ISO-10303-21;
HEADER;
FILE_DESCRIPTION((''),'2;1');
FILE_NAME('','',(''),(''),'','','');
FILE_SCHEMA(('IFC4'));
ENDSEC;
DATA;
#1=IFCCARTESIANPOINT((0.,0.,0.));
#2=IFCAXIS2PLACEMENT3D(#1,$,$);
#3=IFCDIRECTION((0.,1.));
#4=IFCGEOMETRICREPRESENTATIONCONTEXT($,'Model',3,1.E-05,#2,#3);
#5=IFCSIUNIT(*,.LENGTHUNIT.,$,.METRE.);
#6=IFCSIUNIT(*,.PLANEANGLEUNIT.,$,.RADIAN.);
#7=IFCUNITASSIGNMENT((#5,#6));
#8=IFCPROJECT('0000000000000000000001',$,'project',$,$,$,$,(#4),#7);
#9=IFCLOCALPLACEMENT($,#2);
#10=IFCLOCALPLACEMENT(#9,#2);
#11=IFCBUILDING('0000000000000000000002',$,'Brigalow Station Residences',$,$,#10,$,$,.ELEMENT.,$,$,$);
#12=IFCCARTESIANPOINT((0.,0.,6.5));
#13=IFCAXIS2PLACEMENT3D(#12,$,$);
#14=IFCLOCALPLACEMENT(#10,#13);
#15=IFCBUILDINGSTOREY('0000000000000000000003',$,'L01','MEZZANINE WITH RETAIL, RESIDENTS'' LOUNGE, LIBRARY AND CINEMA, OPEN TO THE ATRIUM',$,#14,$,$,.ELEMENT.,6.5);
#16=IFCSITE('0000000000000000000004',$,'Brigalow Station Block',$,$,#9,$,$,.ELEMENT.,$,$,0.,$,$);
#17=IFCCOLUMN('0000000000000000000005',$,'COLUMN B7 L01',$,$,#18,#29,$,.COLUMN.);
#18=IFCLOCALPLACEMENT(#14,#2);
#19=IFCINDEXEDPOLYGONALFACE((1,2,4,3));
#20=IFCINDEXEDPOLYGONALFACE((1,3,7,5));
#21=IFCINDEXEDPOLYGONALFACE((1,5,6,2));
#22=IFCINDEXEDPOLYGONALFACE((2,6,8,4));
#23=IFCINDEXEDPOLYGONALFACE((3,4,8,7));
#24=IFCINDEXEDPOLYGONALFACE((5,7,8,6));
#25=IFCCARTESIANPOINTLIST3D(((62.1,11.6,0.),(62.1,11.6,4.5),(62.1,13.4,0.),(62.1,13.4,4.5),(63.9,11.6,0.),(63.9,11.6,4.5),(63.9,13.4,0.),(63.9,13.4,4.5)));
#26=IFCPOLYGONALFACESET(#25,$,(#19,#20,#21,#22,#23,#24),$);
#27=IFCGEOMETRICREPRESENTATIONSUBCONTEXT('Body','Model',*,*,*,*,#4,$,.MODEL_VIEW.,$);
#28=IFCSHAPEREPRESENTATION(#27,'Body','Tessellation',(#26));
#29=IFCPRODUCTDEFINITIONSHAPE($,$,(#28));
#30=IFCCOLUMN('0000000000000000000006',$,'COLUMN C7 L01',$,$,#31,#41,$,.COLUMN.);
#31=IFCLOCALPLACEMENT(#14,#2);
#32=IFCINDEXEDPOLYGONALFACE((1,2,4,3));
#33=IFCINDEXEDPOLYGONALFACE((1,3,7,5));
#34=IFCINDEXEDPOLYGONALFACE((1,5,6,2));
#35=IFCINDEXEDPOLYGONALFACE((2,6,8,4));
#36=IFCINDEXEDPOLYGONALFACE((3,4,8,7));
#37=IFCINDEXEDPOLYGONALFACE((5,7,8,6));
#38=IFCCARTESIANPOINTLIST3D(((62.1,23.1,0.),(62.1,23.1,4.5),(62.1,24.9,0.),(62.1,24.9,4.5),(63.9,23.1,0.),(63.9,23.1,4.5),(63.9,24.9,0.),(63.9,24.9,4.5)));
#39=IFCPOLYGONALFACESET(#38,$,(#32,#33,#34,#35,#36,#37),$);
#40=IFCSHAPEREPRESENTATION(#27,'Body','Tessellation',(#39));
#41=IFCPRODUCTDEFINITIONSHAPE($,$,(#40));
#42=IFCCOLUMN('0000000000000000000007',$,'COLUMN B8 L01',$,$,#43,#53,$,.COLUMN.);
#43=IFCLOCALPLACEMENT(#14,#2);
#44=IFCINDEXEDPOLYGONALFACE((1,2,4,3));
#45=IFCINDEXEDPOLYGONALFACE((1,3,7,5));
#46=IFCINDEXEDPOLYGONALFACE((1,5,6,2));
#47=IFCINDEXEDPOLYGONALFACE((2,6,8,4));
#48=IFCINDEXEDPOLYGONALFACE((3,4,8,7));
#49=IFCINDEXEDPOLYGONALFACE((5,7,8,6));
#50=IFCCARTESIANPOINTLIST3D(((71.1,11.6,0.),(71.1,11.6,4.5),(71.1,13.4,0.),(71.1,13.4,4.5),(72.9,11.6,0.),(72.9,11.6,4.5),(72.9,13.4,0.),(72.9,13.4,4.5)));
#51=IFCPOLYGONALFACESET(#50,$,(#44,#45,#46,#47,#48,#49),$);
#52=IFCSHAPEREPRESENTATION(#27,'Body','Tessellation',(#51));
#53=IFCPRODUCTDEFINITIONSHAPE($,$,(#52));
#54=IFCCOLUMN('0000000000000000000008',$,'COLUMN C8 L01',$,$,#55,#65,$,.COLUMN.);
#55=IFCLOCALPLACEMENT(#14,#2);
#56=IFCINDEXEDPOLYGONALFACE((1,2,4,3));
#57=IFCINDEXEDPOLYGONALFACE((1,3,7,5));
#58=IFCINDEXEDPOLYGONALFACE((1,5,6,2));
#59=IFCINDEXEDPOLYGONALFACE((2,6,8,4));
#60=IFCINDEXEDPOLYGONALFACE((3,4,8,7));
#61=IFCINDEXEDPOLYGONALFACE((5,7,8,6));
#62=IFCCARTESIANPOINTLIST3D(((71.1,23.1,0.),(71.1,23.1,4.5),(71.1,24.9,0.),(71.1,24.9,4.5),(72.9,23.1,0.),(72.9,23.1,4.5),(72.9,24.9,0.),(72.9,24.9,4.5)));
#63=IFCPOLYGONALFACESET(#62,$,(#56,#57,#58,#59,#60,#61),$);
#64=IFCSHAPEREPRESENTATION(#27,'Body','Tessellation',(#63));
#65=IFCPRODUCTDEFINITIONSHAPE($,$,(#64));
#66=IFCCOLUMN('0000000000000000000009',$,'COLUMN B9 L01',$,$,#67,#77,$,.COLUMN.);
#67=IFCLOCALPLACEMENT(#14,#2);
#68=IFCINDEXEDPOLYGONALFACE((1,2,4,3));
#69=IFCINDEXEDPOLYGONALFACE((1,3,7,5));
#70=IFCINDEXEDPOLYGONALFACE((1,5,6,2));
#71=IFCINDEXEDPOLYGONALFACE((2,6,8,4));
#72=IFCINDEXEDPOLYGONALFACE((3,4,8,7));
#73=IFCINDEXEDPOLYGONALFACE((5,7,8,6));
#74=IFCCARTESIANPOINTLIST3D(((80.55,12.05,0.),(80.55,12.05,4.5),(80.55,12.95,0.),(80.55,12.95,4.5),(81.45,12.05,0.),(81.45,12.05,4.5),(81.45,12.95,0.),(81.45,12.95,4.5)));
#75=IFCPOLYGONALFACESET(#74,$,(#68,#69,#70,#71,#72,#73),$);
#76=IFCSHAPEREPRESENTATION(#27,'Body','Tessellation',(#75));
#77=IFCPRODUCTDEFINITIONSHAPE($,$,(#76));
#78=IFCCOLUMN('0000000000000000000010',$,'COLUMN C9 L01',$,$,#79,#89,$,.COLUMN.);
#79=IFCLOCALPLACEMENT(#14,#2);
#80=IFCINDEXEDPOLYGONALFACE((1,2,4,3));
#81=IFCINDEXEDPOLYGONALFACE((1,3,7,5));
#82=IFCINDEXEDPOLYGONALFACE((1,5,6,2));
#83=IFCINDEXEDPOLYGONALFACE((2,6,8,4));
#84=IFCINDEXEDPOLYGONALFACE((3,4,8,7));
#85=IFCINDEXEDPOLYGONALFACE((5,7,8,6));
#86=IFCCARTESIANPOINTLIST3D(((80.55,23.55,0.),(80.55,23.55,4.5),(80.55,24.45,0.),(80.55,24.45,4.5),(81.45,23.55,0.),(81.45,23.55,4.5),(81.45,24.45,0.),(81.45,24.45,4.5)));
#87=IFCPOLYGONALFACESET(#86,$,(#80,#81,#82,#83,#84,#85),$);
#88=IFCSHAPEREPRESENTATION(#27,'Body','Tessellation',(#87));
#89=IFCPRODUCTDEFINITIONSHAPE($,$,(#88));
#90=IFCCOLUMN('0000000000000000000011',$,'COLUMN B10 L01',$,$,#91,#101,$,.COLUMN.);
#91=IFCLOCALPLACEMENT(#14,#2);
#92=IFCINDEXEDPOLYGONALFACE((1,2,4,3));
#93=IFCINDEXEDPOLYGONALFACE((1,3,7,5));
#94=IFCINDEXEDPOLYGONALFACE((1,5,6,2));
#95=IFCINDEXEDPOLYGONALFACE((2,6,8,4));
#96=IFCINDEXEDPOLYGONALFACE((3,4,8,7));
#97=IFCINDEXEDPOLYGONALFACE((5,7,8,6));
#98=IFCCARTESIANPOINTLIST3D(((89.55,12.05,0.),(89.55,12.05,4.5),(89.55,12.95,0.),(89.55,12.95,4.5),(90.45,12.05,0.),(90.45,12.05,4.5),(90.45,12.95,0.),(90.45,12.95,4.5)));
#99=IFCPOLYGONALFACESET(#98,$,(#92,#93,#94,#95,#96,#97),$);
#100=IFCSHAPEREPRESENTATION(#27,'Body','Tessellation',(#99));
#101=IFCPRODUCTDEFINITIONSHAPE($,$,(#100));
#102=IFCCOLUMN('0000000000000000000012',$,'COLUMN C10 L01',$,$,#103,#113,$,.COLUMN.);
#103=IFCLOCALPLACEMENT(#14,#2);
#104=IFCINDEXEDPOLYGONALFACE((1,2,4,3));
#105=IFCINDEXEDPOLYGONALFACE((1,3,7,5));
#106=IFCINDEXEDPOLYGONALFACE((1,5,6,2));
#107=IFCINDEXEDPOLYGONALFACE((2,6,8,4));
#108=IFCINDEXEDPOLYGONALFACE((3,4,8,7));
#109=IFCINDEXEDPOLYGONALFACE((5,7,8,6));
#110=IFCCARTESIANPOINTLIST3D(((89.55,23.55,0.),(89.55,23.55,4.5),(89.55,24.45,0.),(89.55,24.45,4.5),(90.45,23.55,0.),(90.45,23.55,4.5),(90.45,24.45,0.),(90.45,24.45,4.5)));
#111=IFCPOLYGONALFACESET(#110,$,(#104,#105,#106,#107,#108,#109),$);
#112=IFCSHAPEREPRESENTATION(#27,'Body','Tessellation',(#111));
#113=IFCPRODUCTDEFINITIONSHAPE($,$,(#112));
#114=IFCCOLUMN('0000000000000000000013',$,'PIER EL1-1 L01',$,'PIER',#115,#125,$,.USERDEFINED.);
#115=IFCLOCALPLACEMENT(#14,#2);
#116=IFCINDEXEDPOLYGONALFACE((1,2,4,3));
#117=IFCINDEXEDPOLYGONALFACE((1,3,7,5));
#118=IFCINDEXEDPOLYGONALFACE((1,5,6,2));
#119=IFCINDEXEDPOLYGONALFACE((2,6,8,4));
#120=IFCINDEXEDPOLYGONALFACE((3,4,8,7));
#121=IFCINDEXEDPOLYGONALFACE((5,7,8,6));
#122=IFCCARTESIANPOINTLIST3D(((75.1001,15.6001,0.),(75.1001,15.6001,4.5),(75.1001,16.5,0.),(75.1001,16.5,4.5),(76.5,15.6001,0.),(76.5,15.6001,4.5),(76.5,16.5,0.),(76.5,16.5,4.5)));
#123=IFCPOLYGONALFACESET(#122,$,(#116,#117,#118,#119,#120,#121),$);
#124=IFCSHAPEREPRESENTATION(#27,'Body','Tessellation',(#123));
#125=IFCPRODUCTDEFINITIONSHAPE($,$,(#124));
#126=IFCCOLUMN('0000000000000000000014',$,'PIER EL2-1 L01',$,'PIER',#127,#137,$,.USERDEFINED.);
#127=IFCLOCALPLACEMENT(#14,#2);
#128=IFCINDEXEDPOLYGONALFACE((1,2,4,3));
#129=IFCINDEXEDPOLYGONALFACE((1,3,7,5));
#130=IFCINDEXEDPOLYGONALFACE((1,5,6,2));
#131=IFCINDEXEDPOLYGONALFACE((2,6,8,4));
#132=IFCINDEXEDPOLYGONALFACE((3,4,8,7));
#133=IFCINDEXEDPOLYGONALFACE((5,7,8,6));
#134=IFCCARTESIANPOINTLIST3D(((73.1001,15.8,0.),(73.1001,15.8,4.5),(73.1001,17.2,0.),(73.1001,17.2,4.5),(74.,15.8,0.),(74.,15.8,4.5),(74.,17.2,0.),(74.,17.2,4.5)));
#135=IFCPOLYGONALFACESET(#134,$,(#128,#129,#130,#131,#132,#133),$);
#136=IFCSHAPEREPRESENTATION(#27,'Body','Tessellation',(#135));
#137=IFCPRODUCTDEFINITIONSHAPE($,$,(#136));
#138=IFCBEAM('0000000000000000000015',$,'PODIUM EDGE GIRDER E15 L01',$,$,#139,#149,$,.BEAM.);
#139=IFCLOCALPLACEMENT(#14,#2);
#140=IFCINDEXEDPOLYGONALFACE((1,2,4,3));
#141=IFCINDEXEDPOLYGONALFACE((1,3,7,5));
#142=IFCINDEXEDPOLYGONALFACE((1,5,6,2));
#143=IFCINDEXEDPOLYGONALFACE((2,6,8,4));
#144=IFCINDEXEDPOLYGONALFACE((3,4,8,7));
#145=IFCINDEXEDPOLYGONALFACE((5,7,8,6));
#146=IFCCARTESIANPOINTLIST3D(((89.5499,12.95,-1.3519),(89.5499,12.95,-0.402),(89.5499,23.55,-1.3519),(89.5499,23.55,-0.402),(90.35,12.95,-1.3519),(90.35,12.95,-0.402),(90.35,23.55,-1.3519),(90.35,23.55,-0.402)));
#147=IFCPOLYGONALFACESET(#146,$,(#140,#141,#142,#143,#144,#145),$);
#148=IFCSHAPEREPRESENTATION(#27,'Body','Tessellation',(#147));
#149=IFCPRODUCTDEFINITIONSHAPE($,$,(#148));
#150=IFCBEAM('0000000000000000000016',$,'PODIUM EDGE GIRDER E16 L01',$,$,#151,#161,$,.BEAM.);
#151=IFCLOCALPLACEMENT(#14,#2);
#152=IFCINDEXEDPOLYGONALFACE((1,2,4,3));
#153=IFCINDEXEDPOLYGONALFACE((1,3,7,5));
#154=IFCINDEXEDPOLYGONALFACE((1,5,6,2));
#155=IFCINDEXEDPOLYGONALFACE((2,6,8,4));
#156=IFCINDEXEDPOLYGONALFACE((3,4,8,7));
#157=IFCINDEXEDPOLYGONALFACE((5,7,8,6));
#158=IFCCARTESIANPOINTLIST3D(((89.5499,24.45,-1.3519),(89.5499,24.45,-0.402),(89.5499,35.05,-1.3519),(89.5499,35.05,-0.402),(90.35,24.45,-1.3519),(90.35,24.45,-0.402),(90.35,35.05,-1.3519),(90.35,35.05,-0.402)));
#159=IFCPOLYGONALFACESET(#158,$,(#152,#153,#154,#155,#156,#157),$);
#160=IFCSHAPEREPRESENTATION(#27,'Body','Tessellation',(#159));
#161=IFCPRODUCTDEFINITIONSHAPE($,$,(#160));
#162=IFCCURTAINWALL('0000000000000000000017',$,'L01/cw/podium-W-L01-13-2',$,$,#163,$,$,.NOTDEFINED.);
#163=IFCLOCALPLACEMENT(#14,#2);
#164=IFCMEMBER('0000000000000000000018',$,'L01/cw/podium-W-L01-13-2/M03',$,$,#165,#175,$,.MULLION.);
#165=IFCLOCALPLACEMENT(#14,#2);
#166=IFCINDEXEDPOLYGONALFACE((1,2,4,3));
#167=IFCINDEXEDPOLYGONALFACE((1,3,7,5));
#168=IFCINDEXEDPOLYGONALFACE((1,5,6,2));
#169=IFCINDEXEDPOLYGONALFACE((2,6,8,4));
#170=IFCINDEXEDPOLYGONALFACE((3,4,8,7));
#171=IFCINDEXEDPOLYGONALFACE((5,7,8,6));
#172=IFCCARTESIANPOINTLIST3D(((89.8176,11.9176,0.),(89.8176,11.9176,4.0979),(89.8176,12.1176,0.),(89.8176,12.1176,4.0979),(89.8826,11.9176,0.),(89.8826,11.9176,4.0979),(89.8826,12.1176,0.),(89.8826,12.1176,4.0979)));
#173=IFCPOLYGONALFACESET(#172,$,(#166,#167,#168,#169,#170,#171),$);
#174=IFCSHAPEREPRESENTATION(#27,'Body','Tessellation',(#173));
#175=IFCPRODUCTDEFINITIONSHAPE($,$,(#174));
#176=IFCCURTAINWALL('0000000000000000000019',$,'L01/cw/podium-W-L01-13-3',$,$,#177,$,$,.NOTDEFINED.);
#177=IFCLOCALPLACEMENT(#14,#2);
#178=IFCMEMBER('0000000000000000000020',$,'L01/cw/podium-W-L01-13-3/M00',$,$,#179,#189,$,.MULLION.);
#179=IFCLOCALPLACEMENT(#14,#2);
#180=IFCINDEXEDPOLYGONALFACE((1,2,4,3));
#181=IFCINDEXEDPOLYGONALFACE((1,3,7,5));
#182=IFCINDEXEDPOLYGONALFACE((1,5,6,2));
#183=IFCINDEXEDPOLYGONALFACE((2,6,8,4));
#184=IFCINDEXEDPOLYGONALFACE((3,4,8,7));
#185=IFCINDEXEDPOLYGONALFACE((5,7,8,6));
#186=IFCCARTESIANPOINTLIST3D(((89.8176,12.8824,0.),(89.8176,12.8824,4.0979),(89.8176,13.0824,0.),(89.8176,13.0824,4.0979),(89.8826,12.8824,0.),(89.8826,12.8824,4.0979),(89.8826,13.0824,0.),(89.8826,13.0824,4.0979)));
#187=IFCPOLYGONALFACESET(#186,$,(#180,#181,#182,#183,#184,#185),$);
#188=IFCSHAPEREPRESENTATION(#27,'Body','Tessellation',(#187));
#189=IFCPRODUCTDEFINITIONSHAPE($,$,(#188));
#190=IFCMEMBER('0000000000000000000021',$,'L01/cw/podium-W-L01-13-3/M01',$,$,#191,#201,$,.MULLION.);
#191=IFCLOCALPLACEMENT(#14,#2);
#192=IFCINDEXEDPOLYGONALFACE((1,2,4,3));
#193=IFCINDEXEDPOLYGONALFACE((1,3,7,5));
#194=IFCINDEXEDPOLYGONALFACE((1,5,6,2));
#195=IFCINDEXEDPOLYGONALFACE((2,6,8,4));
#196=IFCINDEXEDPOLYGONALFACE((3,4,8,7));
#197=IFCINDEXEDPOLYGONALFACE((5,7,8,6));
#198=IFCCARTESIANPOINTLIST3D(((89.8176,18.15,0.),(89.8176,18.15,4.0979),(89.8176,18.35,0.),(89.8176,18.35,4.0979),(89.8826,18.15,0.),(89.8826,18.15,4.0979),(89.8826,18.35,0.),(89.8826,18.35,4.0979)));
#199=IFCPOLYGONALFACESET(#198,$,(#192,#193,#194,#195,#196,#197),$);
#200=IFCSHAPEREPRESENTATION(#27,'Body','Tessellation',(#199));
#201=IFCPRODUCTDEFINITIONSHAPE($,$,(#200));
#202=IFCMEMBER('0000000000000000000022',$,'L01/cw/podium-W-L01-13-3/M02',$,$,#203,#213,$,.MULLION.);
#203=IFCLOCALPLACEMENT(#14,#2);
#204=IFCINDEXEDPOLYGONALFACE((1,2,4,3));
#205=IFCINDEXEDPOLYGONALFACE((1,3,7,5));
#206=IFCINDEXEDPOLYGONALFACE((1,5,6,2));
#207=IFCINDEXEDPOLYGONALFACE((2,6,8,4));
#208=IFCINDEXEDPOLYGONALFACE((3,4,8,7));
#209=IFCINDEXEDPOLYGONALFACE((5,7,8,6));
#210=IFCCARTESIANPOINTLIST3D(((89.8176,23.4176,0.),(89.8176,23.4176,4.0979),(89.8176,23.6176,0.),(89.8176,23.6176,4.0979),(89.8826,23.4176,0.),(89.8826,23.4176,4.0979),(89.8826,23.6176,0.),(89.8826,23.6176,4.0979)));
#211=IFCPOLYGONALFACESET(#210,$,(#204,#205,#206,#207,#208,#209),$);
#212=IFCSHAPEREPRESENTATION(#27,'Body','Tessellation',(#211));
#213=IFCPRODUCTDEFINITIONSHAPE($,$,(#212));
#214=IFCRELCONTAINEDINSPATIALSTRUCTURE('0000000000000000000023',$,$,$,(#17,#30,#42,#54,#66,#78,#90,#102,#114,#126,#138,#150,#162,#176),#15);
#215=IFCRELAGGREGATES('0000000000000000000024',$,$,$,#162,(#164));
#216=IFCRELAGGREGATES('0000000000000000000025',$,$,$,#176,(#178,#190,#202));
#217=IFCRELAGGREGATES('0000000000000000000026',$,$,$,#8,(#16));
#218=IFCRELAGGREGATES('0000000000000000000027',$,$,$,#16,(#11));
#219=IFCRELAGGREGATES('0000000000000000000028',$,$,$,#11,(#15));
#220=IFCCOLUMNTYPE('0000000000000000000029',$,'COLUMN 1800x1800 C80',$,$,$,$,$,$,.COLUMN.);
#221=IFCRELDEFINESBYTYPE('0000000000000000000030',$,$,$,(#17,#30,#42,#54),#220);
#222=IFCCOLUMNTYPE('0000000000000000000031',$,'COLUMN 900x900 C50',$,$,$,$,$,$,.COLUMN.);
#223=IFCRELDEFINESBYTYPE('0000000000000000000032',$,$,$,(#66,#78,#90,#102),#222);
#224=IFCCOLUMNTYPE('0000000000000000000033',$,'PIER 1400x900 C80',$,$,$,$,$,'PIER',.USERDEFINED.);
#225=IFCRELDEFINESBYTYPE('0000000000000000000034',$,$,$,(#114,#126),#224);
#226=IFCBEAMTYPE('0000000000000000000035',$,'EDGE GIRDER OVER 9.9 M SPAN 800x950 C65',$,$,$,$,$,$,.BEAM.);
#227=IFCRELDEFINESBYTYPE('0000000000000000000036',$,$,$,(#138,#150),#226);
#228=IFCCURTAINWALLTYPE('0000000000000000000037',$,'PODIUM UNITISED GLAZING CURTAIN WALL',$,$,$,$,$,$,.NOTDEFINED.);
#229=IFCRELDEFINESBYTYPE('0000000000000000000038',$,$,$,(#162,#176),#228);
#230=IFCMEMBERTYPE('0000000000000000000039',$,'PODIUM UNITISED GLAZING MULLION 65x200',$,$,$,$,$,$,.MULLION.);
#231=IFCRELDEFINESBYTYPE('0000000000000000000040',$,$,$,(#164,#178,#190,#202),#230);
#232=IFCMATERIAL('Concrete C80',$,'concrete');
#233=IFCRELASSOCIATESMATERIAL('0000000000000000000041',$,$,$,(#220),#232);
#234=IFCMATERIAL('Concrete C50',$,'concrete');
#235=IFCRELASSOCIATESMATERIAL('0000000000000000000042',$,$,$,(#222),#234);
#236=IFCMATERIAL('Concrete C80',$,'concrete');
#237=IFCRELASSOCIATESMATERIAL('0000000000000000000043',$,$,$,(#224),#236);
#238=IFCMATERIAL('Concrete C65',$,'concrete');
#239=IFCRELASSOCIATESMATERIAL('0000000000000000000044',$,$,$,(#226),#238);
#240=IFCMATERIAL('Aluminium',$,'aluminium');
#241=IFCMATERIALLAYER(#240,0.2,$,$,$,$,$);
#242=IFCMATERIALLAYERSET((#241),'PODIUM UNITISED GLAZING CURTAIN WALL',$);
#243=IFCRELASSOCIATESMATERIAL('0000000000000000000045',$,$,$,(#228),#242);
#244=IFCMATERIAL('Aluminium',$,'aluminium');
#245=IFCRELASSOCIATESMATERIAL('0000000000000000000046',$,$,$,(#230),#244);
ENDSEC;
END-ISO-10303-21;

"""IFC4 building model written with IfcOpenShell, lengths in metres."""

from ifc_helpers import new_model, si_unit, direction, frame, origin, origin_2d, place, context, subcontext, project, spatial, rectangle, extrude, material, layer, layer_set, material_profile, profile_set, type_object, element, aggregate, save


model = new_model("IFC4")

# Units and contexts
model_context = context("Model", 3, precision=1e-05, world=origin(), true_north=direction((0.0, 1.0)))
body_context = subcontext(model_context, "Body", "Model", "MODEL_VIEW")
ifc_project = project(units=[si_unit("LENGTHUNIT", "METRE"), si_unit("PLANEANGLEUNIT", "RADIAN")], contexts=[model_context])

# Site, building, storey
site_placement = place(None, origin())
site = spatial("IfcSite", under=ifc_project, at=site_placement, Name="Brigalow Station Block", CompositionType="ELEMENT", RefElevation=0.0)
building_placement = place(site_placement, origin())
building = spatial("IfcBuilding", under=site, at=building_placement, Name="Brigalow Station Residences", CompositionType="ELEMENT")
storey_placement = place(building_placement, frame((0.0, 0.0, 6.5)))
storey = spatial("IfcBuildingStorey", under=building, at=storey_placement, Name="L01", Description="MEZZANINE WITH RETAIL, RESIDENTS' LOUNGE, LIBRARY AND CINEMA, OPEN TO THE ATRIUM", CompositionType="ELEMENT", Elevation=6.5)

# Columns
ifc_material_1 = material(Name="Concrete C80", Category="concrete")
ifc_material_profile_1 = material_profile(ifc_material_1, rectangle(XDim=1.8, YDim=1.8, at=origin_2d()), Name="RC1800x1800")
ifc_profile_set_1 = profile_set([ifc_material_profile_1], Name="Concrete C80")
column_type_1 = type_object("IfcColumnType", Name="COLUMN 1800x1800 C80", PredefinedType="COLUMN", material=ifc_profile_set_1)
for number, where, z_axis, x_axis, name in (
    (1, (63.0, 12.5, 0.0), (0.0, 0.0, 1.0), (1.0, 0.0, 0.0), "COLUMN B7 L01"),
    (2, (63.0, 24.0, 0.0), (0.0, 0.0, 1.0), (1.0, 0.0, 0.0), "COLUMN C7 L01"),
    (3, (72.0, 12.5, 0.0), (0.0, 0.0, 1.0), (1.0, 0.0, 0.0), "COLUMN B8 L01"),
    (4, (72.0, 24.0, 0.0), (0.0, 0.0, 1.0), (1.0, 0.0, 0.0), "COLUMN C8 L01"),
):
    element("IfcColumn", number, at=place(storey_placement, frame(where, z_axis=z_axis, x_axis=x_axis)), inside=storey, type_object=column_type_1, Name=name, PredefinedType="COLUMN", context=body_context, shape_type="SweptSolid", body=[
        extrude(rectangle(XDim=1.8, YDim=1.8, at=origin_2d()), origin(), (0.0, 0.0, 1.0), 4.5),
    ])
ifc_material_2 = material(Name="Concrete C50", Category="concrete")
ifc_material_profile_2 = material_profile(ifc_material_2, rectangle(XDim=0.8999, YDim=0.8999, at=origin_2d()), Name="RC900x900")
ifc_profile_set_2 = profile_set([ifc_material_profile_2], Name="Concrete C50")
column_type_2 = type_object("IfcColumnType", Name="COLUMN 900x900 C50", PredefinedType="COLUMN", material=ifc_profile_set_2)
for number, where, z_axis, x_axis, name in (
    (5, (81.0, 12.5, 0.0), (0.0, 0.0, 1.0), (1.0, 0.0, 0.0), "COLUMN B9 L01"),
    (6, (81.0, 24.0, 0.0), (0.0, 0.0, 1.0), (1.0, 0.0, 0.0), "COLUMN C9 L01"),
    (7, (90.0, 12.5, 0.0), (0.0, 0.0, 1.0), (1.0, 0.0, 0.0), "COLUMN B10 L01"),
    (8, (90.0, 24.0, 0.0), (0.0, 0.0, 1.0), (1.0, 0.0, 0.0), "COLUMN C10 L01"),
):
    element("IfcColumn", number, at=place(storey_placement, frame(where, z_axis=z_axis, x_axis=x_axis)), inside=storey, type_object=column_type_2, Name=name, PredefinedType="COLUMN", context=body_context, shape_type="SweptSolid", body=[
        extrude(rectangle(XDim=0.8999, YDim=0.8999, at=origin_2d()), origin(), (0.0, 0.0, 1.0), 4.5),
    ])
ifc_material_3 = material(Name="Concrete C80", Category="concrete")
ifc_material_profile_3 = material_profile(ifc_material_3, rectangle(XDim=1.3999, YDim=0.8999, at=origin_2d()), Name="RC1400x900")
ifc_profile_set_3 = profile_set([ifc_material_profile_3], Name="Concrete C80")
column_type_3 = type_object("IfcColumnType", Name="PIER 1400x900 C80", ElementType="PIER", PredefinedType="USERDEFINED", material=ifc_profile_set_3)
for number, where, z_axis, x_axis, name in (
    (9, (75.8, 16.05, 0.0), (0.0, 0.0, 1.0), (-1.0, 0.0, 0.0), "PIER EL1-1 L01"),
    (10, (73.55, 16.5, 0.0), (0.0, 0.0, 1.0), (0.0, 1.0, 0.0), "PIER EL2-1 L01"),
):
    element("IfcColumn", number, at=place(storey_placement, frame(where, z_axis=z_axis, x_axis=x_axis)), inside=storey, type_object=column_type_3, Name=name, ObjectType="PIER", PredefinedType="USERDEFINED", context=body_context, shape_type="SweptSolid", body=[
        extrude(rectangle(XDim=1.3999, YDim=0.8999, at=origin_2d()), origin(), (0.0, 0.0, 1.0), 4.5),
    ])

# Beams
ifc_material_4 = material(Name="Concrete C65", Category="concrete")
ifc_material_profile_4 = material_profile(ifc_material_4, rectangle(XDim=0.8, YDim=0.95, at=origin_2d()), Name="RC800x950")
ifc_profile_set_4 = profile_set([ifc_material_profile_4], Name="Concrete C65")
beam_type = type_object("IfcBeamType", Name="EDGE GIRDER OVER 9.9 M SPAN 800x950 C65", PredefinedType="BEAM", material=ifc_profile_set_4)
for number, where, z_axis, x_axis, name in (
    (11, (89.95, 12.95, -0.877), (0.0, 1.0, 0.0), (-1.0, 0.0, 0.0), "PODIUM EDGE GIRDER E15 L01"),
    (12, (89.95, 24.45, -0.877), (0.0, 1.0, 0.0), (-1.0, 0.0, 0.0), "PODIUM EDGE GIRDER E16 L01"),
):
    element("IfcBeam", number, at=place(storey_placement, frame(where, z_axis=z_axis, x_axis=x_axis)), inside=storey, type_object=beam_type, Name=name, PredefinedType="BEAM", context=body_context, shape_type="SweptSolid", body=[
        extrude(rectangle(XDim=0.8, YDim=0.95, at=origin_2d()), origin(), (0.0, 0.0, 1.0), 10.6001),
    ])

# Curtain wall, member
ifc_material_5 = material(Name="Aluminium", Category="aluminium")
ifc_layer_1 = layer(ifc_material_5, 0.2)
ifc_layer_set_1 = layer_set([ifc_layer_1], Name="PODIUM UNITISED GLAZING CURTAIN WALL")
curtain_wall_type = type_object("IfcCurtainWallType", Name="PODIUM UNITISED GLAZING CURTAIN WALL", PredefinedType="NOTDEFINED", material=ifc_layer_set_1)
curtain_wall_1_placement = place(storey_placement, origin())
curtain_wall_1 = element("IfcCurtainWall", 13, at=curtain_wall_1_placement, inside=storey, type_object=curtain_wall_type, Name="L01/cw/podium-W-L01-13-2", PredefinedType="NOTDEFINED")
ifc_material_6 = material(Name="Aluminium", Category="aluminium")
ifc_material_profile_5 = material_profile(ifc_material_6, rectangle(XDim=0.0649, YDim=0.2, at=origin_2d()), Name="PODIUM UNITISED GLAZING MULLION 65x200")
ifc_profile_set_5 = profile_set([ifc_material_profile_5], Name="Aluminium")
member_type_1 = type_object("IfcMemberType", Name="PODIUM UNITISED GLAZING MULLION 65x200", PredefinedType="MULLION", material=ifc_profile_set_5)
member_1_placement = place(storey_placement, frame((89.8501, 12.0176, 0.0), z_axis=(0.0, 0.0, 1.0), x_axis=(-1.0, 0.0, 0.0)))
member_1 = element("IfcMember", 14, at=member_1_placement, type_object=member_type_1, Name="L01/cw/podium-W-L01-13-2/M03", PredefinedType="MULLION", context=body_context, shape_type="SweptSolid", body=[
    extrude(rectangle(XDim=0.0649, YDim=0.2, at=origin_2d()), origin(), (0.0, 0.0, 1.0), 4.0979),
])

# Curtain wall, members
curtain_wall_2_placement = place(storey_placement, origin())
curtain_wall_2 = element("IfcCurtainWall", 15, at=curtain_wall_2_placement, inside=storey, type_object=curtain_wall_type, Name="L01/cw/podium-W-L01-13-3", PredefinedType="NOTDEFINED")
member_2_placement = place(storey_placement, frame((89.8501, 12.9824, 0.0), z_axis=(0.0, 0.0, 1.0), x_axis=(-1.0, 0.0, 0.0)))
member_2 = element("IfcMember", 16, at=member_2_placement, type_object=member_type_1, Name="L01/cw/podium-W-L01-13-3/M00", PredefinedType="MULLION", context=body_context, shape_type="SweptSolid", body=[
    extrude(rectangle(XDim=0.0649, YDim=0.2, at=origin_2d()), origin(), (0.0, 0.0, 1.0), 4.0979),
])
member_3_placement = place(storey_placement, frame((89.8501, 18.25, 0.0), z_axis=(0.0, 0.0, 1.0), x_axis=(-1.0, 0.0, 0.0)))
member_3 = element("IfcMember", 17, at=member_3_placement, type_object=member_type_1, Name="L01/cw/podium-W-L01-13-3/M01", PredefinedType="MULLION", context=body_context, shape_type="SweptSolid", body=[
    extrude(rectangle(XDim=0.0649, YDim=0.2, at=origin_2d()), origin(), (0.0, 0.0, 1.0), 4.0979),
])
member_4_placement = place(storey_placement, frame((89.8501, 23.5176, 0.0), z_axis=(0.0, 0.0, 1.0), x_axis=(-1.0, 0.0, 0.0)))
member_4 = element("IfcMember", 18, at=member_4_placement, type_object=member_type_1, Name="L01/cw/podium-W-L01-13-3/M02", PredefinedType="MULLION", context=body_context, shape_type="SweptSolid", body=[
    extrude(rectangle(XDim=0.0649, YDim=0.2, at=origin_2d()), origin(), (0.0, 0.0, 1.0), 4.0979),
])

aggregate(curtain_wall_1, [member_1])
aggregate(curtain_wall_2, [member_2, member_3, member_4])

save(model, "model.ifc")
